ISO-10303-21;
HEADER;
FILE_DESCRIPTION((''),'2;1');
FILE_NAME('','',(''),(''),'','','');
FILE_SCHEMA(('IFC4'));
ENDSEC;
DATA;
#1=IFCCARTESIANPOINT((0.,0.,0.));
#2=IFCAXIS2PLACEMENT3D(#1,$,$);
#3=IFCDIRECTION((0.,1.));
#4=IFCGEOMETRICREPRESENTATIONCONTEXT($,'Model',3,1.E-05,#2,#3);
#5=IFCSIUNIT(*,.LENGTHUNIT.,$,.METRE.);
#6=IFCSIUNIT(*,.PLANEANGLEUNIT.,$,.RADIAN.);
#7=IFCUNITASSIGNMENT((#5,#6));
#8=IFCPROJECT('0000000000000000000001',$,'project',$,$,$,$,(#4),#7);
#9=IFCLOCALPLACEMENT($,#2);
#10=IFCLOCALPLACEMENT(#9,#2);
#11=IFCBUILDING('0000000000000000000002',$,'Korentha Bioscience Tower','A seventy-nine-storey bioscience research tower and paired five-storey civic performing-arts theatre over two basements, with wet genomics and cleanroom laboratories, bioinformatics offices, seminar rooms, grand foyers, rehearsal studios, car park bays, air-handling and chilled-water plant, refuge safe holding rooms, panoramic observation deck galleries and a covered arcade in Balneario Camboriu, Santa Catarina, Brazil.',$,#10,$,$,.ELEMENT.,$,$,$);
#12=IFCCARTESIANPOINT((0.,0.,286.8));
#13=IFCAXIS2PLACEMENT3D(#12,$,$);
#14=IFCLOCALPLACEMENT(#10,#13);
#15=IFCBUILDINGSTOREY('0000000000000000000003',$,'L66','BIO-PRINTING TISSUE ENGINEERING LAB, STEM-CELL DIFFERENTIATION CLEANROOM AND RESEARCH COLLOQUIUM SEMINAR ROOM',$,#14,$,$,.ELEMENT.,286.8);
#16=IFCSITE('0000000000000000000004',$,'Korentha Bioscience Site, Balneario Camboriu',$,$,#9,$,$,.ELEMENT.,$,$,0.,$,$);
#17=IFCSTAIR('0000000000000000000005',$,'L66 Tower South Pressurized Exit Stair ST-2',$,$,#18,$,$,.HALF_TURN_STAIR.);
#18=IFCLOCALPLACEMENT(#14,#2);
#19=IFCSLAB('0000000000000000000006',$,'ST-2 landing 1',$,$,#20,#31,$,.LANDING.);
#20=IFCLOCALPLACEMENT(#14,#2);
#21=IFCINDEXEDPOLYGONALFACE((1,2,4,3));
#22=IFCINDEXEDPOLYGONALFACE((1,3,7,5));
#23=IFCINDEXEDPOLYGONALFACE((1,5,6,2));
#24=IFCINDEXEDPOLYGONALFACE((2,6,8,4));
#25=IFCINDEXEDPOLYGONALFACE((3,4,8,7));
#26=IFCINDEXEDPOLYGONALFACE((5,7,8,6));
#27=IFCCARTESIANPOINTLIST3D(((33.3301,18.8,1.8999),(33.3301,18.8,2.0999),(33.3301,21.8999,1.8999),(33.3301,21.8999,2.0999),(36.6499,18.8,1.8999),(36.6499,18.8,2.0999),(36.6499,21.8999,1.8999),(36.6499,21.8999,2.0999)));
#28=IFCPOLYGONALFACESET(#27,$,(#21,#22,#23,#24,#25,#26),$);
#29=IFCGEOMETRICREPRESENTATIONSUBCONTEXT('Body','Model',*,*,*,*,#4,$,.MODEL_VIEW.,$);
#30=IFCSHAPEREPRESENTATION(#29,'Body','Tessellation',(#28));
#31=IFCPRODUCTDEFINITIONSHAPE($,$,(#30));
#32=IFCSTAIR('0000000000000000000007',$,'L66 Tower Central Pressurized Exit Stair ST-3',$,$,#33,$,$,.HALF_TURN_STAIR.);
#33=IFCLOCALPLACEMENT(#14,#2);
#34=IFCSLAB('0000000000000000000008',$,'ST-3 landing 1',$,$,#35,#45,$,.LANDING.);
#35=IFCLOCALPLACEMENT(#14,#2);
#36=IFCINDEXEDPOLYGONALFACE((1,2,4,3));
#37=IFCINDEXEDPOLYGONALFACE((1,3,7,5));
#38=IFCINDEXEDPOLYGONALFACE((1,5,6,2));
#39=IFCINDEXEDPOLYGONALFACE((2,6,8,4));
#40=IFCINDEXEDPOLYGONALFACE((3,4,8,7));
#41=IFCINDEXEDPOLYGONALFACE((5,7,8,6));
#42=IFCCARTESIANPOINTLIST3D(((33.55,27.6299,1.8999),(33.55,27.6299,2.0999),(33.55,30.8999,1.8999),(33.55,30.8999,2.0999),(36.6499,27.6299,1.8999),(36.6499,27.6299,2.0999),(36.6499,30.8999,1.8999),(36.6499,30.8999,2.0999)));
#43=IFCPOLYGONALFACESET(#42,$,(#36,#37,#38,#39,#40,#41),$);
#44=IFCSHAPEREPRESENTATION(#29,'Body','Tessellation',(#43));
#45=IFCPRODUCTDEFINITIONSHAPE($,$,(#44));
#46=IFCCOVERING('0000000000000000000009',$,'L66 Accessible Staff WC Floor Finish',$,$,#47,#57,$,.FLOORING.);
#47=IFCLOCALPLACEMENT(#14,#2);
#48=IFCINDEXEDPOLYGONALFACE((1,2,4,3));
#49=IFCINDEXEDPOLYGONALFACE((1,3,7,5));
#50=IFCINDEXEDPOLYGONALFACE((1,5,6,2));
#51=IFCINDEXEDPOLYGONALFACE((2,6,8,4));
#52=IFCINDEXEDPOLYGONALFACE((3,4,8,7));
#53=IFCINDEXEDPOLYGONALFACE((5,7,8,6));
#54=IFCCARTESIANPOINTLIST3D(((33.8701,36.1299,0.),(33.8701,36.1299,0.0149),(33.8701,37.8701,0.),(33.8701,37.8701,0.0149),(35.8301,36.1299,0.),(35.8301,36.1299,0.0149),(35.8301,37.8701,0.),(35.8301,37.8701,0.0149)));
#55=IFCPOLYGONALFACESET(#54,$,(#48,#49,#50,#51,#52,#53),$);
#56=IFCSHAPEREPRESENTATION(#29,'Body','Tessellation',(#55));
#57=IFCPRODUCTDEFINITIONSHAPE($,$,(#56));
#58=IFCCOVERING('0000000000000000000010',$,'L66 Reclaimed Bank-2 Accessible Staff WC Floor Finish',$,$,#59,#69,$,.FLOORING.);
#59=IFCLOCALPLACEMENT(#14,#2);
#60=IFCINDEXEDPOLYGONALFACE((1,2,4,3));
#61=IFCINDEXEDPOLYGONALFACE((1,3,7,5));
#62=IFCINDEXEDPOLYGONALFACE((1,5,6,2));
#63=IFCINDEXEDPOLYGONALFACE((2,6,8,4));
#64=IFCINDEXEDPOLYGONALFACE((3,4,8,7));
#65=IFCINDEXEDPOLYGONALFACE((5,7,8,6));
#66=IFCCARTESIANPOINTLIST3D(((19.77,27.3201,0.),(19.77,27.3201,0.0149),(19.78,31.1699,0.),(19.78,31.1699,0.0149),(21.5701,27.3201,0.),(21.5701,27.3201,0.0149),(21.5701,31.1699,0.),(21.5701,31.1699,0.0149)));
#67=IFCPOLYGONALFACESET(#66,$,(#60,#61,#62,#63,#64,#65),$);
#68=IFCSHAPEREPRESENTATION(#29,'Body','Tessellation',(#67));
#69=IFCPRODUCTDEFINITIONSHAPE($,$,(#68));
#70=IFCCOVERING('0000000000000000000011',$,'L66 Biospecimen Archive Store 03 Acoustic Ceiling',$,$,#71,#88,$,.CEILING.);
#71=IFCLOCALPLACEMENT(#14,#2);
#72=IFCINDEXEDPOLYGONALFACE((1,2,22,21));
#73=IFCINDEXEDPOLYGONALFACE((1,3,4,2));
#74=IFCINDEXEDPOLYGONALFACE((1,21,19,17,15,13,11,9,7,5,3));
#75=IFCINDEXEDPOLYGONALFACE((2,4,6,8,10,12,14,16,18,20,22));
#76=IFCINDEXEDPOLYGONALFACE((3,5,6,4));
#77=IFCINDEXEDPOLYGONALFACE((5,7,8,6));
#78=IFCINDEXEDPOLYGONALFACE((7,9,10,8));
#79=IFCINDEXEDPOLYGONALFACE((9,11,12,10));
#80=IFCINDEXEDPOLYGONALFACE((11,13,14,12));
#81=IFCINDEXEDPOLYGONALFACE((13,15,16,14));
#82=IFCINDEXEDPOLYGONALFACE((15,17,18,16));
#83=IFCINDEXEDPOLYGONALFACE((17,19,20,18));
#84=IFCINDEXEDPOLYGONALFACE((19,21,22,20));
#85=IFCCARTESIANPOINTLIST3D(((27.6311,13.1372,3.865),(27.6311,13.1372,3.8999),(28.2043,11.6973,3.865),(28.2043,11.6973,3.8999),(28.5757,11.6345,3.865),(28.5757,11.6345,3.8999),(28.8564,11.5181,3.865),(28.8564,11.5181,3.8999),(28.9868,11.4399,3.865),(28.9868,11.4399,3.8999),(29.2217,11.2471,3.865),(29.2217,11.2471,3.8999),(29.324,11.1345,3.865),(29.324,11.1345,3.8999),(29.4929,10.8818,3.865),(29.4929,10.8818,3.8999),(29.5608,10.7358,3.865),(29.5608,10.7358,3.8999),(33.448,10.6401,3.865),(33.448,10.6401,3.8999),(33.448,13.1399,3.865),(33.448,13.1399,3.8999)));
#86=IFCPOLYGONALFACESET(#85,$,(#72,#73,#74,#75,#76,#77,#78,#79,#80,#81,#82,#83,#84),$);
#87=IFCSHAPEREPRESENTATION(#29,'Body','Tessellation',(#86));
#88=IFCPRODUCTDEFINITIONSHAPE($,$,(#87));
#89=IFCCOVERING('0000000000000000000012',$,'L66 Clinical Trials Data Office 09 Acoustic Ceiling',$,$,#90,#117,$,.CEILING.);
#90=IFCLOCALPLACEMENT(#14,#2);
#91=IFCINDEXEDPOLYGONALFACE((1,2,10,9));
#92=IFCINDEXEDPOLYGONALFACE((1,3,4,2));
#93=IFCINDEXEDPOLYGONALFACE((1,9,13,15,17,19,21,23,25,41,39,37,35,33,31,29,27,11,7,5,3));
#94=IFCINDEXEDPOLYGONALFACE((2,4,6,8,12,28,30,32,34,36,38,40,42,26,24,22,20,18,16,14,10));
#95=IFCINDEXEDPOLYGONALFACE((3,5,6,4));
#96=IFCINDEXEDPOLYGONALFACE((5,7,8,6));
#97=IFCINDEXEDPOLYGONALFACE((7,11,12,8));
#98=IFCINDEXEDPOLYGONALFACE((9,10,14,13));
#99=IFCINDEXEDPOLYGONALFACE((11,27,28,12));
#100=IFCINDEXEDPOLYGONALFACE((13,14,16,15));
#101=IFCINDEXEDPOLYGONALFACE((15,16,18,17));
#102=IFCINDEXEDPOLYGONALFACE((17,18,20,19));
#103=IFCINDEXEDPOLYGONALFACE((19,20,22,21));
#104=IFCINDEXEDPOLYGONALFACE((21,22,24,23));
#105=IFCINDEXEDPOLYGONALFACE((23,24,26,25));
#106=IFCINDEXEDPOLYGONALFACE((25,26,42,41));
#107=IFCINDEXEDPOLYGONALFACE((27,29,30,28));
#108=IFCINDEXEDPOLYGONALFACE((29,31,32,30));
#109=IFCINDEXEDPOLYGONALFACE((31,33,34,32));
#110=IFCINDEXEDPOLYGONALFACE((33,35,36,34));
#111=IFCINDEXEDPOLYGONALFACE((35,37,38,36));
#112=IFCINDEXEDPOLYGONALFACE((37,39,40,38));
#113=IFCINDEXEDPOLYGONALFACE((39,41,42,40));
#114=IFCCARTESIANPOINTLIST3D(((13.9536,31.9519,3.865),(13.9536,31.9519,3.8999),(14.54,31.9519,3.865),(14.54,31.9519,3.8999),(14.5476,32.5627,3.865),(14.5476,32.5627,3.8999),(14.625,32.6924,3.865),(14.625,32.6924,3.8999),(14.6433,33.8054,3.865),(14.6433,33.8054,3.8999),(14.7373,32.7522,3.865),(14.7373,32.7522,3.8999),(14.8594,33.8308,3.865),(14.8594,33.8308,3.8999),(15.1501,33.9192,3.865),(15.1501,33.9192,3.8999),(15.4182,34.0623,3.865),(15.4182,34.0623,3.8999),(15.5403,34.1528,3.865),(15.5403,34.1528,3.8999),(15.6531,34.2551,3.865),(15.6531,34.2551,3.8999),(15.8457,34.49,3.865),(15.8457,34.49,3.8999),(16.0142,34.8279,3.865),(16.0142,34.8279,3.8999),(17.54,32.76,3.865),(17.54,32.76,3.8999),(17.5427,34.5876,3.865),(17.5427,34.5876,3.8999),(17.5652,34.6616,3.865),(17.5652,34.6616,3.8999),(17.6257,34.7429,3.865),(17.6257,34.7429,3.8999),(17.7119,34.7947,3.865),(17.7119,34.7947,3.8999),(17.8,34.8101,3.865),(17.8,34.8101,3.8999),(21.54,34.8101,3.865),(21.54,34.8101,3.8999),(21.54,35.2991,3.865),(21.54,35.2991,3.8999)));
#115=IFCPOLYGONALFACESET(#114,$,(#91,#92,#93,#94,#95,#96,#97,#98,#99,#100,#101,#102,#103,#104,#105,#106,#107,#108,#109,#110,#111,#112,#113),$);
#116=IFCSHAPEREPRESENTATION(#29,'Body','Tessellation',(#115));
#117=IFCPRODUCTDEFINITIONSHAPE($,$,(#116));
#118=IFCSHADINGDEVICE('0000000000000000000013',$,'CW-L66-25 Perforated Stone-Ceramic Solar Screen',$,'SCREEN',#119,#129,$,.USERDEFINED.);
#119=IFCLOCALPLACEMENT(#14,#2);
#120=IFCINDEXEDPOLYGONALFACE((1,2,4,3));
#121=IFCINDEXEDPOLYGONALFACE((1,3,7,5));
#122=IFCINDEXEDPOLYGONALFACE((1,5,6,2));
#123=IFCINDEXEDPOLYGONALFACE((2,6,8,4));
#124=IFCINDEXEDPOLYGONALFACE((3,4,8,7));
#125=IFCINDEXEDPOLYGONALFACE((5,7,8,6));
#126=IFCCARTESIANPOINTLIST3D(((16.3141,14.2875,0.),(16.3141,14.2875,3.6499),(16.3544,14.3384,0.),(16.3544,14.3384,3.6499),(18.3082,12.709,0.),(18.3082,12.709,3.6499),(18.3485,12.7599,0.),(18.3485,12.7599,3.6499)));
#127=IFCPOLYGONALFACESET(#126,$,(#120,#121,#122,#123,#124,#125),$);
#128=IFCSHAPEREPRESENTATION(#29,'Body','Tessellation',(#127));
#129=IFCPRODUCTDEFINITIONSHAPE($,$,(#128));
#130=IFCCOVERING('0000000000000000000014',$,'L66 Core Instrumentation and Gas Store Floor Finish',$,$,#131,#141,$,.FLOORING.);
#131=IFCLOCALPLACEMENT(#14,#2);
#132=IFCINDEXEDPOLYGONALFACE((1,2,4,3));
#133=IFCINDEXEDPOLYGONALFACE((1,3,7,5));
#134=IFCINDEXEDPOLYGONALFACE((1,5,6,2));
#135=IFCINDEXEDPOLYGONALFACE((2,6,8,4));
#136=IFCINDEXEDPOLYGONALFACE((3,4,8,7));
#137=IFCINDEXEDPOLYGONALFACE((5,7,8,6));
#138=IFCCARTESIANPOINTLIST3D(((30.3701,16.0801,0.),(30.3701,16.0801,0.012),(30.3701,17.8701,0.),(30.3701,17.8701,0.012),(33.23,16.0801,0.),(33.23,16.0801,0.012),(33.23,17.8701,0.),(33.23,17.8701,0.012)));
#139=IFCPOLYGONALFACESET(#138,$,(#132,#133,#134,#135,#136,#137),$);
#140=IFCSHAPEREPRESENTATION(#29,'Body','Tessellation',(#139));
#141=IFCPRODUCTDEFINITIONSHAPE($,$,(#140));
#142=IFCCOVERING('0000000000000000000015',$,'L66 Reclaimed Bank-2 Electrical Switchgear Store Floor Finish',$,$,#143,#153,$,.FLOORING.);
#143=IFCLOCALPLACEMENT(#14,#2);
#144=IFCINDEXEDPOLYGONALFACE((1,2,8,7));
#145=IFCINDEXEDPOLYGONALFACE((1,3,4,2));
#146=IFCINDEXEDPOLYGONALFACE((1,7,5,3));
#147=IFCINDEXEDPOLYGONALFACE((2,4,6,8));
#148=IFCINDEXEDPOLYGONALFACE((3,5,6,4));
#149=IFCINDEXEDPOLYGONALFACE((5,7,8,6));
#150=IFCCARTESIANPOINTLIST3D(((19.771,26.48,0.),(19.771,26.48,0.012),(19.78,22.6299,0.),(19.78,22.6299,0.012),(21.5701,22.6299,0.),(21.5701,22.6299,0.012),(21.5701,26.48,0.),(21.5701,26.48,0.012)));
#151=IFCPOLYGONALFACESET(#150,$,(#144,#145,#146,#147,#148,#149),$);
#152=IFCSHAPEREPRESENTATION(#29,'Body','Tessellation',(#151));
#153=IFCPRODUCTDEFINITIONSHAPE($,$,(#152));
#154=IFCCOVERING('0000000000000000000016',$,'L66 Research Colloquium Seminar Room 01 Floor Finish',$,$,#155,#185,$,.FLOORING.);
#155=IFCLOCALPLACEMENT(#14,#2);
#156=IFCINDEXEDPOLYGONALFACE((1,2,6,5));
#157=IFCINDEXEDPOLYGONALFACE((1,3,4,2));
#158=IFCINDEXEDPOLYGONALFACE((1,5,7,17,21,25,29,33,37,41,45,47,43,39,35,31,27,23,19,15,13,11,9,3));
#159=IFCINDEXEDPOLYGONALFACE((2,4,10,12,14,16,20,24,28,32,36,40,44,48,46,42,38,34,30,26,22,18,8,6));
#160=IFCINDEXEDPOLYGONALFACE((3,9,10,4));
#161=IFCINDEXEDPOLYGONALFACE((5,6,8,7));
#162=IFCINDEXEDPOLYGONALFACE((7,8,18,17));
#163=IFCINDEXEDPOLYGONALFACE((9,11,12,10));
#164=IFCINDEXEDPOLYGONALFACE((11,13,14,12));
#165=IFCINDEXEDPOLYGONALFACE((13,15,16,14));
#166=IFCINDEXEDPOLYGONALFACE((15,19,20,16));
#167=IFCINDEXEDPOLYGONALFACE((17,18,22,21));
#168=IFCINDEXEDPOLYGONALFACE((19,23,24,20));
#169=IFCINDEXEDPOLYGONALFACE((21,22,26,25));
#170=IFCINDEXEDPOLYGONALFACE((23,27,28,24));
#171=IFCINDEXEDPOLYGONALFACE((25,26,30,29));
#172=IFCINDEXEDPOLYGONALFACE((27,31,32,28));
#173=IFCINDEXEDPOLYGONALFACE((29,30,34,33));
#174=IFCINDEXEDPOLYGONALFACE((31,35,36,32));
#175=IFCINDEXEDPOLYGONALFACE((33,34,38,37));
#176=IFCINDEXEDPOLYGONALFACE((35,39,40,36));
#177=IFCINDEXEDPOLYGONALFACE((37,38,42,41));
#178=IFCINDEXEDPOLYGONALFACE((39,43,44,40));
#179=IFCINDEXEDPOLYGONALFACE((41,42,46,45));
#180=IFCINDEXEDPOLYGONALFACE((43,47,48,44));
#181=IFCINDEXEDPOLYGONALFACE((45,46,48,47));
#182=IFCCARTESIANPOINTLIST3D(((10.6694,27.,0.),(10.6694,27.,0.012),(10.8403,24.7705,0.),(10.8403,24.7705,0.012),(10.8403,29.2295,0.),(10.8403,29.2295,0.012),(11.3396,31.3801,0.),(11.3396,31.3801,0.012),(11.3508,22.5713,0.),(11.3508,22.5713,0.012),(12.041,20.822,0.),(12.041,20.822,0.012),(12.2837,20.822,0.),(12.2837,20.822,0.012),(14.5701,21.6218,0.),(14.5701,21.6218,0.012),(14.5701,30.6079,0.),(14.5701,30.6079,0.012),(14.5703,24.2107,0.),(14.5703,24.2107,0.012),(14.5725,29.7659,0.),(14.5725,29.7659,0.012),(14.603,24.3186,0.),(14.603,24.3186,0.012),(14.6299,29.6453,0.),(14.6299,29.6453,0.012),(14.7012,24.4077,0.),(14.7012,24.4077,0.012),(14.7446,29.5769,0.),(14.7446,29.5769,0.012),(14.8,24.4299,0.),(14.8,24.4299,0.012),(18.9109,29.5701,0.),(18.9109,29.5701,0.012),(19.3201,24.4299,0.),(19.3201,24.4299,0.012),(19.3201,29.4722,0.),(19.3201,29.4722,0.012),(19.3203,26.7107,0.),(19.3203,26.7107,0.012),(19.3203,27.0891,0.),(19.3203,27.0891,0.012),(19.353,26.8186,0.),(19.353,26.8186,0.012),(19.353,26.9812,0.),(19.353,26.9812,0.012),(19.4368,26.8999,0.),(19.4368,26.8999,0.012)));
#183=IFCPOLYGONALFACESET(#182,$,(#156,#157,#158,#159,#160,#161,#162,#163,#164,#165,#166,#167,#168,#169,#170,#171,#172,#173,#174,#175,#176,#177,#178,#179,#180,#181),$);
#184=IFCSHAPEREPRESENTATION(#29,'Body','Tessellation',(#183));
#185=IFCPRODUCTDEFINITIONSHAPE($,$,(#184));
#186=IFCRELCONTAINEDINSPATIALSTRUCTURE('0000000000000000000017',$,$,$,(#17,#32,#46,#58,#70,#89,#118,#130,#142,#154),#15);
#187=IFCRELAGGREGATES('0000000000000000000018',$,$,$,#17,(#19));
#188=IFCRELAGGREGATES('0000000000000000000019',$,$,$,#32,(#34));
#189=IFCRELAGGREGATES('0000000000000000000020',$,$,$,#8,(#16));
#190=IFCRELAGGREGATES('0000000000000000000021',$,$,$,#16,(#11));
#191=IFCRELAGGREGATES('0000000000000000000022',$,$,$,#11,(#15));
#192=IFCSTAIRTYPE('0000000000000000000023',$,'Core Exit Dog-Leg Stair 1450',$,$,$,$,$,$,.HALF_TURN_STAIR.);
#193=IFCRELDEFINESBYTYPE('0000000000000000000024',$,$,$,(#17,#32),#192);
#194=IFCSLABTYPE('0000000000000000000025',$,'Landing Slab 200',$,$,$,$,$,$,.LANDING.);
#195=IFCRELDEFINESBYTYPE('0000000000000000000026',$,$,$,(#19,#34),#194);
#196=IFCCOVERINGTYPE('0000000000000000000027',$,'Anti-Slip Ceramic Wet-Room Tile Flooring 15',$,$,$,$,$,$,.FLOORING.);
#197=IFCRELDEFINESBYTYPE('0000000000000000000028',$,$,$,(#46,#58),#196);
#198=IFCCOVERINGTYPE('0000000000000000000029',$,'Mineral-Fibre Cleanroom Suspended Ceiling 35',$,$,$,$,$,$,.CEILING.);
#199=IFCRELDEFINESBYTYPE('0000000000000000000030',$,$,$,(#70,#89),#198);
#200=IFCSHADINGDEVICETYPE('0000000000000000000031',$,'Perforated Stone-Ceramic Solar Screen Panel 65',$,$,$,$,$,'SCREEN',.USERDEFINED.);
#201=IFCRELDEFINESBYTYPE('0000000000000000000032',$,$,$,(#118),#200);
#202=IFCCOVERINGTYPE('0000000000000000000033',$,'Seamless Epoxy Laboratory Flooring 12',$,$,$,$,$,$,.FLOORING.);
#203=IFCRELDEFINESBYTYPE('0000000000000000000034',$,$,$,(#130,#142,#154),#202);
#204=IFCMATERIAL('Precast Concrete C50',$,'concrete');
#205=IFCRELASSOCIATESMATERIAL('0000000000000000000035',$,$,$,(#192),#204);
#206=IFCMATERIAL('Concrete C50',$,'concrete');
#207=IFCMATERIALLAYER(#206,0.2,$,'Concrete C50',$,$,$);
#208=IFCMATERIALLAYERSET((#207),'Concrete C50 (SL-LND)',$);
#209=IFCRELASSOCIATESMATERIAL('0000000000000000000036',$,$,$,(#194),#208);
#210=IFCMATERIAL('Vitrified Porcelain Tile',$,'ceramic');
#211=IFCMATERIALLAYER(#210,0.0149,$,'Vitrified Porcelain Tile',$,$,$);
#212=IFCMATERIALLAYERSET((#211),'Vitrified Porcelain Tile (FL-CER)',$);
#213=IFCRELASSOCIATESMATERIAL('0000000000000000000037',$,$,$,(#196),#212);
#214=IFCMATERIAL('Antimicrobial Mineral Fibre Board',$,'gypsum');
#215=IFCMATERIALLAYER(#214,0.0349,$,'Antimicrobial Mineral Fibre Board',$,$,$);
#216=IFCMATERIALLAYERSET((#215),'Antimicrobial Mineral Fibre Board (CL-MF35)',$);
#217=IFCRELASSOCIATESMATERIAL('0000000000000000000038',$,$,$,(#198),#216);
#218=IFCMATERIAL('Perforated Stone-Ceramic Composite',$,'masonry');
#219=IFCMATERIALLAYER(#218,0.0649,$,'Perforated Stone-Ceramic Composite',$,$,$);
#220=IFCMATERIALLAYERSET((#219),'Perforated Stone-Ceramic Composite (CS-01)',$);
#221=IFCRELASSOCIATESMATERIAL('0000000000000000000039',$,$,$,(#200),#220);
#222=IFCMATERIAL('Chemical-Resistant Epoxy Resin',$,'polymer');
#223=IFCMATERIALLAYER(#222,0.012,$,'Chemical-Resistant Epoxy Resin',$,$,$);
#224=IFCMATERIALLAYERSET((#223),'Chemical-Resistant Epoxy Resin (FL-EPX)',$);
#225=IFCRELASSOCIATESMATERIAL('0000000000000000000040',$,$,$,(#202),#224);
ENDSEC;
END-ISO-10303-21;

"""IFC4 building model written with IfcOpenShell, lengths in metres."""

from ifc_helpers import new_model, si_unit, direction, frame, origin, origin_2d, place, context, subcontext, project, spatial, polyline, rectangle, outline, extrude, material, layer, layer_set, type_object, element, aggregate, save


model = new_model("IFC4")

# Units and contexts
model_context = context("Model", 3, precision=1e-05, world=origin(), true_north=direction((0.0, 1.0)))
body_context = subcontext(model_context, "Body", "Model", "MODEL_VIEW")
ifc_project = project(units=[si_unit("LENGTHUNIT", "METRE"), si_unit("PLANEANGLEUNIT", "RADIAN")], contexts=[model_context])

# Site, building, storey
site_placement = place(None, origin())
site = spatial("IfcSite", under=ifc_project, at=site_placement, Name="Korentha Bioscience Site, Balneario Camboriu", CompositionType="ELEMENT", RefElevation=0.0)
building_placement = place(site_placement, origin())
building = spatial("IfcBuilding", under=site, at=building_placement, Name="Korentha Bioscience Tower", Description="A seventy-nine-storey bioscience research tower and paired five-storey civic performing-arts theatre over two basements, with wet genomics and cleanroom laboratories, bioinformatics offices, seminar rooms, grand foyers, rehearsal studios, car park bays, air-handling and chilled-water plant, refuge safe holding rooms, panoramic observation deck galleries and a covered arcade in Balneario Camboriu, Santa Catarina, Brazil.", CompositionType="ELEMENT")
storey_placement = place(building_placement, frame((0.0, 0.0, 286.8)))
storey = spatial("IfcBuildingStorey", under=building, at=storey_placement, Name="L66", Description="BIO-PRINTING TISSUE ENGINEERING LAB, STEM-CELL DIFFERENTIATION CLEANROOM AND RESEARCH COLLOQUIUM SEMINAR ROOM", CompositionType="ELEMENT", Elevation=286.8)

# Shared definitions
ifc_material_1 = material(Name="Concrete C50", Category="concrete")

# Stairs, slabs
ifc_material_2 = material(Name="Precast Concrete C50", Category="concrete")
stair_type = type_object("IfcStairType", Name="Core Exit Dog-Leg Stair 1450", PredefinedType="HALF_TURN_STAIR", material=ifc_material_2)
ifc_layer_1 = layer(ifc_material_1, 0.2, Name="Concrete C50")
ifc_layer_set_1 = layer_set([ifc_layer_1], Name="Concrete C50 (SL-LND)")
slab_type_1 = type_object("IfcSlabType", Name="Landing Slab 200", PredefinedType="LANDING", material=ifc_layer_set_1)
stair_1_placement = place(storey_placement, origin())
stair_1 = element("IfcStair", 1, at=stair_1_placement, inside=storey, type_object=stair_type, Name="L66 Tower South Pressurized Exit Stair ST-2", PredefinedType="HALF_TURN_STAIR")
slab_1_placement = place(storey_placement, frame((0.0, 0.0, 1.8999)))
slab_1 = element("IfcSlab", 2, at=slab_1_placement, type_object=slab_type_1, Name="ST-2 landing 1", PredefinedType="LANDING", context=body_context, shape_type="SweptSolid", body=[
    extrude(outline(polyline([(33.3301, 18.8), (36.6499, 18.8), (36.6499, 21.8999), (33.3301, 21.8999), (33.3301, 18.8)])), origin(), (0.0, 0.0, 1.0), 0.2),
])
aggregate(stair_1, [slab_1])
stair_2_placement = place(storey_placement, origin())
stair_2 = element("IfcStair", 3, at=stair_2_placement, inside=storey, type_object=stair_type, Name="L66 Tower Central Pressurized Exit Stair ST-3", PredefinedType="HALF_TURN_STAIR")
slab_2_placement = place(storey_placement, frame((0.0, 0.0, 1.8999)))
slab_2 = element("IfcSlab", 4, at=slab_2_placement, type_object=slab_type_1, Name="ST-3 landing 1", PredefinedType="LANDING", context=body_context, shape_type="SweptSolid", body=[
    extrude(outline(polyline([(36.6499, 27.6299), (36.6499, 30.8999), (33.55, 30.8999), (33.55, 27.6299), (36.6499, 27.6299)])), origin(), (0.0, 0.0, 1.0), 0.2),
])
aggregate(stair_2, [slab_2])

# Coverings
ifc_material_3 = material(Name="Vitrified Porcelain Tile", Category="ceramic")
ifc_layer_2 = layer(ifc_material_3, 0.0149, Name="Vitrified Porcelain Tile")
ifc_layer_set_2 = layer_set([ifc_layer_2], Name="Vitrified Porcelain Tile (FL-CER)")
covering_type_1 = type_object("IfcCoveringType", Name="Anti-Slip Ceramic Wet-Room Tile Flooring 15", PredefinedType="FLOORING", material=ifc_layer_set_2)
covering_1_placement = place(storey_placement, origin())
element("IfcCovering", 5, at=covering_1_placement, inside=storey, type_object=covering_type_1, Name="L66 Accessible Staff WC Floor Finish", PredefinedType="FLOORING", context=body_context, shape_type="SweptSolid", body=[
    extrude(outline(polyline([(33.8701, 36.1299), (33.8701, 37.8701), (35.8301, 37.8701), (35.8301, 36.1299), (33.8701, 36.1299)])), origin(), (0.0, 0.0, 1.0), 0.0149),
])
covering_2_placement = place(storey_placement, origin())
element("IfcCovering", 6, at=covering_2_placement, inside=storey, type_object=covering_type_1, Name="L66 Reclaimed Bank-2 Accessible Staff WC Floor Finish", PredefinedType="FLOORING", context=body_context, shape_type="SweptSolid", body=[
    extrude(outline(polyline([(19.77, 27.3201), (19.78, 31.1699), (21.5701, 31.1699), (21.5701, 27.3201), (19.77, 27.3201)])), origin(), (0.0, 0.0, 1.0), 0.0149),
])
ifc_material_4 = material(Name="Antimicrobial Mineral Fibre Board", Category="gypsum")
ifc_layer_3 = layer(ifc_material_4, 0.0349, Name="Antimicrobial Mineral Fibre Board")
ifc_layer_set_3 = layer_set([ifc_layer_3], Name="Antimicrobial Mineral Fibre Board (CL-MF35)")
covering_type_2 = type_object("IfcCoveringType", Name="Mineral-Fibre Cleanroom Suspended Ceiling 35", PredefinedType="CEILING", material=ifc_layer_set_3)
covering_3_placement = place(storey_placement, frame((0.0, 0.0, 3.865)))
element("IfcCovering", 7, at=covering_3_placement, inside=storey, type_object=covering_type_2, Name="L66 Biospecimen Archive Store 03 Acoustic Ceiling", PredefinedType="CEILING", context=body_context, shape_type="SweptSolid", body=[
    extrude(outline(polyline([(33.448, 10.6401), (29.5608, 10.7358), (29.4929, 10.8818), (29.324, 11.1345), (29.2217, 11.2471), (28.9868, 11.4399), (28.8564, 11.5181), (28.5757, 11.6345), (28.2043, 11.6973), (27.6311, 13.1372), (33.448, 13.1399), (33.448, 10.6401)])), origin(), (0.0, 0.0, 1.0), 0.0349),
])
covering_4_placement = place(storey_placement, frame((0.0, 0.0, 3.865)))
element("IfcCovering", 8, at=covering_4_placement, inside=storey, type_object=covering_type_2, Name="L66 Clinical Trials Data Office 09 Acoustic Ceiling", PredefinedType="CEILING", context=body_context, shape_type="SweptSolid", body=[
    extrude(outline(polyline([(17.8, 34.8101), (17.7119, 34.7947), (17.6257, 34.7429), (17.5652, 34.6616), (17.5427, 34.5876), (17.54, 32.76), (14.7373, 32.7522), (14.625, 32.6924), (14.5476, 32.5627), (14.54, 31.9519), (13.9536, 31.9519), (14.6433, 33.8054), (14.8594, 33.8308), (15.1501, 33.9192), (15.4182, 34.0623), (15.5403, 34.1528), (15.6531, 34.2551), (15.8457, 34.49), (16.0142, 34.8279), (21.54, 35.2991), (21.54, 34.8101), (17.8, 34.8101)])), origin(), (0.0, 0.0, 1.0), 0.0349),
])

# Shading device
ifc_material_5 = material(Name="Perforated Stone-Ceramic Composite", Category="masonry")
ifc_layer_4 = layer(ifc_material_5, 0.0649, Name="Perforated Stone-Ceramic Composite")
ifc_layer_set_4 = layer_set([ifc_layer_4], Name="Perforated Stone-Ceramic Composite (CS-01)")
shading_device_type_1 = type_object("IfcShadingDeviceType", Name="Perforated Stone-Ceramic Solar Screen Panel 65", ElementType="SCREEN", PredefinedType="USERDEFINED", material=ifc_layer_set_4)
shading_device_1_placement = place(storey_placement, frame((17.3313, 13.5237, 0.0), z_axis=(0.0, 0.0, 1.0), x_axis=(0.784076, -0.620665, 0.0)))
element("IfcShadingDevice", 9, at=shading_device_1_placement, inside=storey, type_object=shading_device_type_1, Name="CW-L66-25 Perforated Stone-Ceramic Solar Screen", ObjectType="SCREEN", PredefinedType="USERDEFINED", context=body_context, shape_type="SweptSolid", body=[
    extrude(rectangle(XDim=2.5432, YDim=0.0649, at=origin_2d()), origin(), (0.0, 0.0, 1.0), 3.6499),
])

# Coverings
ifc_material_6 = material(Name="Chemical-Resistant Epoxy Resin", Category="polymer")
ifc_layer_5 = layer(ifc_material_6, 0.012, Name="Chemical-Resistant Epoxy Resin")
ifc_layer_set_5 = layer_set([ifc_layer_5], Name="Chemical-Resistant Epoxy Resin (FL-EPX)")
covering_type_3 = type_object("IfcCoveringType", Name="Seamless Epoxy Laboratory Flooring 12", PredefinedType="FLOORING", material=ifc_layer_set_5)
covering_5_placement = place(storey_placement, origin())
element("IfcCovering", 10, at=covering_5_placement, inside=storey, type_object=covering_type_3, Name="L66 Core Instrumentation and Gas Store Floor Finish", PredefinedType="FLOORING", context=body_context, shape_type="SweptSolid", body=[
    extrude(outline(polyline([(30.3701, 16.0801), (30.3701, 17.8701), (33.23, 17.8701), (33.23, 16.0801), (30.3701, 16.0801)])), origin(), (0.0, 0.0, 1.0), 0.012),
])
covering_6_placement = place(storey_placement, origin())
element("IfcCovering", 11, at=covering_6_placement, inside=storey, type_object=covering_type_3, Name="L66 Reclaimed Bank-2 Electrical Switchgear Store Floor Finish", PredefinedType="FLOORING", context=body_context, shape_type="SweptSolid", body=[
    extrude(outline(polyline([(21.5701, 22.6299), (19.78, 22.6299), (19.771, 26.48), (21.5701, 26.48), (21.5701, 22.6299)])), origin(), (0.0, 0.0, 1.0), 0.012),
])
covering_7_placement = place(storey_placement, origin())
element("IfcCovering", 12, at=covering_7_placement, inside=storey, type_object=covering_type_3, Name="L66 Research Colloquium Seminar Room 01 Floor Finish", PredefinedType="FLOORING", context=body_context, shape_type="SweptSolid", body=[
    extrude(outline(polyline([(10.6694, 27.0), (10.8403, 29.2295), (11.3396, 31.3801), (14.5701, 30.6079), (14.5725, 29.7659), (14.6299, 29.6453), (14.7446, 29.5769), (18.9109, 29.5701), (19.3201, 29.4722), (19.3203, 27.0891), (19.353, 26.9812), (19.4368, 26.8999), (19.353, 26.8186), (19.3203, 26.7107), (19.3201, 24.4299), (14.8, 24.4299), (14.7012, 24.4077), (14.603, 24.3186), (14.5703, 24.2107), (14.5701, 21.6218), (12.2837, 20.822), (12.041, 20.822), (11.3508, 22.5713), (10.8403, 24.7705), (10.6694, 27.0)])), origin(), (0.0, 0.0, 1.0), 0.012),
])

save(model, "model.ifc")
